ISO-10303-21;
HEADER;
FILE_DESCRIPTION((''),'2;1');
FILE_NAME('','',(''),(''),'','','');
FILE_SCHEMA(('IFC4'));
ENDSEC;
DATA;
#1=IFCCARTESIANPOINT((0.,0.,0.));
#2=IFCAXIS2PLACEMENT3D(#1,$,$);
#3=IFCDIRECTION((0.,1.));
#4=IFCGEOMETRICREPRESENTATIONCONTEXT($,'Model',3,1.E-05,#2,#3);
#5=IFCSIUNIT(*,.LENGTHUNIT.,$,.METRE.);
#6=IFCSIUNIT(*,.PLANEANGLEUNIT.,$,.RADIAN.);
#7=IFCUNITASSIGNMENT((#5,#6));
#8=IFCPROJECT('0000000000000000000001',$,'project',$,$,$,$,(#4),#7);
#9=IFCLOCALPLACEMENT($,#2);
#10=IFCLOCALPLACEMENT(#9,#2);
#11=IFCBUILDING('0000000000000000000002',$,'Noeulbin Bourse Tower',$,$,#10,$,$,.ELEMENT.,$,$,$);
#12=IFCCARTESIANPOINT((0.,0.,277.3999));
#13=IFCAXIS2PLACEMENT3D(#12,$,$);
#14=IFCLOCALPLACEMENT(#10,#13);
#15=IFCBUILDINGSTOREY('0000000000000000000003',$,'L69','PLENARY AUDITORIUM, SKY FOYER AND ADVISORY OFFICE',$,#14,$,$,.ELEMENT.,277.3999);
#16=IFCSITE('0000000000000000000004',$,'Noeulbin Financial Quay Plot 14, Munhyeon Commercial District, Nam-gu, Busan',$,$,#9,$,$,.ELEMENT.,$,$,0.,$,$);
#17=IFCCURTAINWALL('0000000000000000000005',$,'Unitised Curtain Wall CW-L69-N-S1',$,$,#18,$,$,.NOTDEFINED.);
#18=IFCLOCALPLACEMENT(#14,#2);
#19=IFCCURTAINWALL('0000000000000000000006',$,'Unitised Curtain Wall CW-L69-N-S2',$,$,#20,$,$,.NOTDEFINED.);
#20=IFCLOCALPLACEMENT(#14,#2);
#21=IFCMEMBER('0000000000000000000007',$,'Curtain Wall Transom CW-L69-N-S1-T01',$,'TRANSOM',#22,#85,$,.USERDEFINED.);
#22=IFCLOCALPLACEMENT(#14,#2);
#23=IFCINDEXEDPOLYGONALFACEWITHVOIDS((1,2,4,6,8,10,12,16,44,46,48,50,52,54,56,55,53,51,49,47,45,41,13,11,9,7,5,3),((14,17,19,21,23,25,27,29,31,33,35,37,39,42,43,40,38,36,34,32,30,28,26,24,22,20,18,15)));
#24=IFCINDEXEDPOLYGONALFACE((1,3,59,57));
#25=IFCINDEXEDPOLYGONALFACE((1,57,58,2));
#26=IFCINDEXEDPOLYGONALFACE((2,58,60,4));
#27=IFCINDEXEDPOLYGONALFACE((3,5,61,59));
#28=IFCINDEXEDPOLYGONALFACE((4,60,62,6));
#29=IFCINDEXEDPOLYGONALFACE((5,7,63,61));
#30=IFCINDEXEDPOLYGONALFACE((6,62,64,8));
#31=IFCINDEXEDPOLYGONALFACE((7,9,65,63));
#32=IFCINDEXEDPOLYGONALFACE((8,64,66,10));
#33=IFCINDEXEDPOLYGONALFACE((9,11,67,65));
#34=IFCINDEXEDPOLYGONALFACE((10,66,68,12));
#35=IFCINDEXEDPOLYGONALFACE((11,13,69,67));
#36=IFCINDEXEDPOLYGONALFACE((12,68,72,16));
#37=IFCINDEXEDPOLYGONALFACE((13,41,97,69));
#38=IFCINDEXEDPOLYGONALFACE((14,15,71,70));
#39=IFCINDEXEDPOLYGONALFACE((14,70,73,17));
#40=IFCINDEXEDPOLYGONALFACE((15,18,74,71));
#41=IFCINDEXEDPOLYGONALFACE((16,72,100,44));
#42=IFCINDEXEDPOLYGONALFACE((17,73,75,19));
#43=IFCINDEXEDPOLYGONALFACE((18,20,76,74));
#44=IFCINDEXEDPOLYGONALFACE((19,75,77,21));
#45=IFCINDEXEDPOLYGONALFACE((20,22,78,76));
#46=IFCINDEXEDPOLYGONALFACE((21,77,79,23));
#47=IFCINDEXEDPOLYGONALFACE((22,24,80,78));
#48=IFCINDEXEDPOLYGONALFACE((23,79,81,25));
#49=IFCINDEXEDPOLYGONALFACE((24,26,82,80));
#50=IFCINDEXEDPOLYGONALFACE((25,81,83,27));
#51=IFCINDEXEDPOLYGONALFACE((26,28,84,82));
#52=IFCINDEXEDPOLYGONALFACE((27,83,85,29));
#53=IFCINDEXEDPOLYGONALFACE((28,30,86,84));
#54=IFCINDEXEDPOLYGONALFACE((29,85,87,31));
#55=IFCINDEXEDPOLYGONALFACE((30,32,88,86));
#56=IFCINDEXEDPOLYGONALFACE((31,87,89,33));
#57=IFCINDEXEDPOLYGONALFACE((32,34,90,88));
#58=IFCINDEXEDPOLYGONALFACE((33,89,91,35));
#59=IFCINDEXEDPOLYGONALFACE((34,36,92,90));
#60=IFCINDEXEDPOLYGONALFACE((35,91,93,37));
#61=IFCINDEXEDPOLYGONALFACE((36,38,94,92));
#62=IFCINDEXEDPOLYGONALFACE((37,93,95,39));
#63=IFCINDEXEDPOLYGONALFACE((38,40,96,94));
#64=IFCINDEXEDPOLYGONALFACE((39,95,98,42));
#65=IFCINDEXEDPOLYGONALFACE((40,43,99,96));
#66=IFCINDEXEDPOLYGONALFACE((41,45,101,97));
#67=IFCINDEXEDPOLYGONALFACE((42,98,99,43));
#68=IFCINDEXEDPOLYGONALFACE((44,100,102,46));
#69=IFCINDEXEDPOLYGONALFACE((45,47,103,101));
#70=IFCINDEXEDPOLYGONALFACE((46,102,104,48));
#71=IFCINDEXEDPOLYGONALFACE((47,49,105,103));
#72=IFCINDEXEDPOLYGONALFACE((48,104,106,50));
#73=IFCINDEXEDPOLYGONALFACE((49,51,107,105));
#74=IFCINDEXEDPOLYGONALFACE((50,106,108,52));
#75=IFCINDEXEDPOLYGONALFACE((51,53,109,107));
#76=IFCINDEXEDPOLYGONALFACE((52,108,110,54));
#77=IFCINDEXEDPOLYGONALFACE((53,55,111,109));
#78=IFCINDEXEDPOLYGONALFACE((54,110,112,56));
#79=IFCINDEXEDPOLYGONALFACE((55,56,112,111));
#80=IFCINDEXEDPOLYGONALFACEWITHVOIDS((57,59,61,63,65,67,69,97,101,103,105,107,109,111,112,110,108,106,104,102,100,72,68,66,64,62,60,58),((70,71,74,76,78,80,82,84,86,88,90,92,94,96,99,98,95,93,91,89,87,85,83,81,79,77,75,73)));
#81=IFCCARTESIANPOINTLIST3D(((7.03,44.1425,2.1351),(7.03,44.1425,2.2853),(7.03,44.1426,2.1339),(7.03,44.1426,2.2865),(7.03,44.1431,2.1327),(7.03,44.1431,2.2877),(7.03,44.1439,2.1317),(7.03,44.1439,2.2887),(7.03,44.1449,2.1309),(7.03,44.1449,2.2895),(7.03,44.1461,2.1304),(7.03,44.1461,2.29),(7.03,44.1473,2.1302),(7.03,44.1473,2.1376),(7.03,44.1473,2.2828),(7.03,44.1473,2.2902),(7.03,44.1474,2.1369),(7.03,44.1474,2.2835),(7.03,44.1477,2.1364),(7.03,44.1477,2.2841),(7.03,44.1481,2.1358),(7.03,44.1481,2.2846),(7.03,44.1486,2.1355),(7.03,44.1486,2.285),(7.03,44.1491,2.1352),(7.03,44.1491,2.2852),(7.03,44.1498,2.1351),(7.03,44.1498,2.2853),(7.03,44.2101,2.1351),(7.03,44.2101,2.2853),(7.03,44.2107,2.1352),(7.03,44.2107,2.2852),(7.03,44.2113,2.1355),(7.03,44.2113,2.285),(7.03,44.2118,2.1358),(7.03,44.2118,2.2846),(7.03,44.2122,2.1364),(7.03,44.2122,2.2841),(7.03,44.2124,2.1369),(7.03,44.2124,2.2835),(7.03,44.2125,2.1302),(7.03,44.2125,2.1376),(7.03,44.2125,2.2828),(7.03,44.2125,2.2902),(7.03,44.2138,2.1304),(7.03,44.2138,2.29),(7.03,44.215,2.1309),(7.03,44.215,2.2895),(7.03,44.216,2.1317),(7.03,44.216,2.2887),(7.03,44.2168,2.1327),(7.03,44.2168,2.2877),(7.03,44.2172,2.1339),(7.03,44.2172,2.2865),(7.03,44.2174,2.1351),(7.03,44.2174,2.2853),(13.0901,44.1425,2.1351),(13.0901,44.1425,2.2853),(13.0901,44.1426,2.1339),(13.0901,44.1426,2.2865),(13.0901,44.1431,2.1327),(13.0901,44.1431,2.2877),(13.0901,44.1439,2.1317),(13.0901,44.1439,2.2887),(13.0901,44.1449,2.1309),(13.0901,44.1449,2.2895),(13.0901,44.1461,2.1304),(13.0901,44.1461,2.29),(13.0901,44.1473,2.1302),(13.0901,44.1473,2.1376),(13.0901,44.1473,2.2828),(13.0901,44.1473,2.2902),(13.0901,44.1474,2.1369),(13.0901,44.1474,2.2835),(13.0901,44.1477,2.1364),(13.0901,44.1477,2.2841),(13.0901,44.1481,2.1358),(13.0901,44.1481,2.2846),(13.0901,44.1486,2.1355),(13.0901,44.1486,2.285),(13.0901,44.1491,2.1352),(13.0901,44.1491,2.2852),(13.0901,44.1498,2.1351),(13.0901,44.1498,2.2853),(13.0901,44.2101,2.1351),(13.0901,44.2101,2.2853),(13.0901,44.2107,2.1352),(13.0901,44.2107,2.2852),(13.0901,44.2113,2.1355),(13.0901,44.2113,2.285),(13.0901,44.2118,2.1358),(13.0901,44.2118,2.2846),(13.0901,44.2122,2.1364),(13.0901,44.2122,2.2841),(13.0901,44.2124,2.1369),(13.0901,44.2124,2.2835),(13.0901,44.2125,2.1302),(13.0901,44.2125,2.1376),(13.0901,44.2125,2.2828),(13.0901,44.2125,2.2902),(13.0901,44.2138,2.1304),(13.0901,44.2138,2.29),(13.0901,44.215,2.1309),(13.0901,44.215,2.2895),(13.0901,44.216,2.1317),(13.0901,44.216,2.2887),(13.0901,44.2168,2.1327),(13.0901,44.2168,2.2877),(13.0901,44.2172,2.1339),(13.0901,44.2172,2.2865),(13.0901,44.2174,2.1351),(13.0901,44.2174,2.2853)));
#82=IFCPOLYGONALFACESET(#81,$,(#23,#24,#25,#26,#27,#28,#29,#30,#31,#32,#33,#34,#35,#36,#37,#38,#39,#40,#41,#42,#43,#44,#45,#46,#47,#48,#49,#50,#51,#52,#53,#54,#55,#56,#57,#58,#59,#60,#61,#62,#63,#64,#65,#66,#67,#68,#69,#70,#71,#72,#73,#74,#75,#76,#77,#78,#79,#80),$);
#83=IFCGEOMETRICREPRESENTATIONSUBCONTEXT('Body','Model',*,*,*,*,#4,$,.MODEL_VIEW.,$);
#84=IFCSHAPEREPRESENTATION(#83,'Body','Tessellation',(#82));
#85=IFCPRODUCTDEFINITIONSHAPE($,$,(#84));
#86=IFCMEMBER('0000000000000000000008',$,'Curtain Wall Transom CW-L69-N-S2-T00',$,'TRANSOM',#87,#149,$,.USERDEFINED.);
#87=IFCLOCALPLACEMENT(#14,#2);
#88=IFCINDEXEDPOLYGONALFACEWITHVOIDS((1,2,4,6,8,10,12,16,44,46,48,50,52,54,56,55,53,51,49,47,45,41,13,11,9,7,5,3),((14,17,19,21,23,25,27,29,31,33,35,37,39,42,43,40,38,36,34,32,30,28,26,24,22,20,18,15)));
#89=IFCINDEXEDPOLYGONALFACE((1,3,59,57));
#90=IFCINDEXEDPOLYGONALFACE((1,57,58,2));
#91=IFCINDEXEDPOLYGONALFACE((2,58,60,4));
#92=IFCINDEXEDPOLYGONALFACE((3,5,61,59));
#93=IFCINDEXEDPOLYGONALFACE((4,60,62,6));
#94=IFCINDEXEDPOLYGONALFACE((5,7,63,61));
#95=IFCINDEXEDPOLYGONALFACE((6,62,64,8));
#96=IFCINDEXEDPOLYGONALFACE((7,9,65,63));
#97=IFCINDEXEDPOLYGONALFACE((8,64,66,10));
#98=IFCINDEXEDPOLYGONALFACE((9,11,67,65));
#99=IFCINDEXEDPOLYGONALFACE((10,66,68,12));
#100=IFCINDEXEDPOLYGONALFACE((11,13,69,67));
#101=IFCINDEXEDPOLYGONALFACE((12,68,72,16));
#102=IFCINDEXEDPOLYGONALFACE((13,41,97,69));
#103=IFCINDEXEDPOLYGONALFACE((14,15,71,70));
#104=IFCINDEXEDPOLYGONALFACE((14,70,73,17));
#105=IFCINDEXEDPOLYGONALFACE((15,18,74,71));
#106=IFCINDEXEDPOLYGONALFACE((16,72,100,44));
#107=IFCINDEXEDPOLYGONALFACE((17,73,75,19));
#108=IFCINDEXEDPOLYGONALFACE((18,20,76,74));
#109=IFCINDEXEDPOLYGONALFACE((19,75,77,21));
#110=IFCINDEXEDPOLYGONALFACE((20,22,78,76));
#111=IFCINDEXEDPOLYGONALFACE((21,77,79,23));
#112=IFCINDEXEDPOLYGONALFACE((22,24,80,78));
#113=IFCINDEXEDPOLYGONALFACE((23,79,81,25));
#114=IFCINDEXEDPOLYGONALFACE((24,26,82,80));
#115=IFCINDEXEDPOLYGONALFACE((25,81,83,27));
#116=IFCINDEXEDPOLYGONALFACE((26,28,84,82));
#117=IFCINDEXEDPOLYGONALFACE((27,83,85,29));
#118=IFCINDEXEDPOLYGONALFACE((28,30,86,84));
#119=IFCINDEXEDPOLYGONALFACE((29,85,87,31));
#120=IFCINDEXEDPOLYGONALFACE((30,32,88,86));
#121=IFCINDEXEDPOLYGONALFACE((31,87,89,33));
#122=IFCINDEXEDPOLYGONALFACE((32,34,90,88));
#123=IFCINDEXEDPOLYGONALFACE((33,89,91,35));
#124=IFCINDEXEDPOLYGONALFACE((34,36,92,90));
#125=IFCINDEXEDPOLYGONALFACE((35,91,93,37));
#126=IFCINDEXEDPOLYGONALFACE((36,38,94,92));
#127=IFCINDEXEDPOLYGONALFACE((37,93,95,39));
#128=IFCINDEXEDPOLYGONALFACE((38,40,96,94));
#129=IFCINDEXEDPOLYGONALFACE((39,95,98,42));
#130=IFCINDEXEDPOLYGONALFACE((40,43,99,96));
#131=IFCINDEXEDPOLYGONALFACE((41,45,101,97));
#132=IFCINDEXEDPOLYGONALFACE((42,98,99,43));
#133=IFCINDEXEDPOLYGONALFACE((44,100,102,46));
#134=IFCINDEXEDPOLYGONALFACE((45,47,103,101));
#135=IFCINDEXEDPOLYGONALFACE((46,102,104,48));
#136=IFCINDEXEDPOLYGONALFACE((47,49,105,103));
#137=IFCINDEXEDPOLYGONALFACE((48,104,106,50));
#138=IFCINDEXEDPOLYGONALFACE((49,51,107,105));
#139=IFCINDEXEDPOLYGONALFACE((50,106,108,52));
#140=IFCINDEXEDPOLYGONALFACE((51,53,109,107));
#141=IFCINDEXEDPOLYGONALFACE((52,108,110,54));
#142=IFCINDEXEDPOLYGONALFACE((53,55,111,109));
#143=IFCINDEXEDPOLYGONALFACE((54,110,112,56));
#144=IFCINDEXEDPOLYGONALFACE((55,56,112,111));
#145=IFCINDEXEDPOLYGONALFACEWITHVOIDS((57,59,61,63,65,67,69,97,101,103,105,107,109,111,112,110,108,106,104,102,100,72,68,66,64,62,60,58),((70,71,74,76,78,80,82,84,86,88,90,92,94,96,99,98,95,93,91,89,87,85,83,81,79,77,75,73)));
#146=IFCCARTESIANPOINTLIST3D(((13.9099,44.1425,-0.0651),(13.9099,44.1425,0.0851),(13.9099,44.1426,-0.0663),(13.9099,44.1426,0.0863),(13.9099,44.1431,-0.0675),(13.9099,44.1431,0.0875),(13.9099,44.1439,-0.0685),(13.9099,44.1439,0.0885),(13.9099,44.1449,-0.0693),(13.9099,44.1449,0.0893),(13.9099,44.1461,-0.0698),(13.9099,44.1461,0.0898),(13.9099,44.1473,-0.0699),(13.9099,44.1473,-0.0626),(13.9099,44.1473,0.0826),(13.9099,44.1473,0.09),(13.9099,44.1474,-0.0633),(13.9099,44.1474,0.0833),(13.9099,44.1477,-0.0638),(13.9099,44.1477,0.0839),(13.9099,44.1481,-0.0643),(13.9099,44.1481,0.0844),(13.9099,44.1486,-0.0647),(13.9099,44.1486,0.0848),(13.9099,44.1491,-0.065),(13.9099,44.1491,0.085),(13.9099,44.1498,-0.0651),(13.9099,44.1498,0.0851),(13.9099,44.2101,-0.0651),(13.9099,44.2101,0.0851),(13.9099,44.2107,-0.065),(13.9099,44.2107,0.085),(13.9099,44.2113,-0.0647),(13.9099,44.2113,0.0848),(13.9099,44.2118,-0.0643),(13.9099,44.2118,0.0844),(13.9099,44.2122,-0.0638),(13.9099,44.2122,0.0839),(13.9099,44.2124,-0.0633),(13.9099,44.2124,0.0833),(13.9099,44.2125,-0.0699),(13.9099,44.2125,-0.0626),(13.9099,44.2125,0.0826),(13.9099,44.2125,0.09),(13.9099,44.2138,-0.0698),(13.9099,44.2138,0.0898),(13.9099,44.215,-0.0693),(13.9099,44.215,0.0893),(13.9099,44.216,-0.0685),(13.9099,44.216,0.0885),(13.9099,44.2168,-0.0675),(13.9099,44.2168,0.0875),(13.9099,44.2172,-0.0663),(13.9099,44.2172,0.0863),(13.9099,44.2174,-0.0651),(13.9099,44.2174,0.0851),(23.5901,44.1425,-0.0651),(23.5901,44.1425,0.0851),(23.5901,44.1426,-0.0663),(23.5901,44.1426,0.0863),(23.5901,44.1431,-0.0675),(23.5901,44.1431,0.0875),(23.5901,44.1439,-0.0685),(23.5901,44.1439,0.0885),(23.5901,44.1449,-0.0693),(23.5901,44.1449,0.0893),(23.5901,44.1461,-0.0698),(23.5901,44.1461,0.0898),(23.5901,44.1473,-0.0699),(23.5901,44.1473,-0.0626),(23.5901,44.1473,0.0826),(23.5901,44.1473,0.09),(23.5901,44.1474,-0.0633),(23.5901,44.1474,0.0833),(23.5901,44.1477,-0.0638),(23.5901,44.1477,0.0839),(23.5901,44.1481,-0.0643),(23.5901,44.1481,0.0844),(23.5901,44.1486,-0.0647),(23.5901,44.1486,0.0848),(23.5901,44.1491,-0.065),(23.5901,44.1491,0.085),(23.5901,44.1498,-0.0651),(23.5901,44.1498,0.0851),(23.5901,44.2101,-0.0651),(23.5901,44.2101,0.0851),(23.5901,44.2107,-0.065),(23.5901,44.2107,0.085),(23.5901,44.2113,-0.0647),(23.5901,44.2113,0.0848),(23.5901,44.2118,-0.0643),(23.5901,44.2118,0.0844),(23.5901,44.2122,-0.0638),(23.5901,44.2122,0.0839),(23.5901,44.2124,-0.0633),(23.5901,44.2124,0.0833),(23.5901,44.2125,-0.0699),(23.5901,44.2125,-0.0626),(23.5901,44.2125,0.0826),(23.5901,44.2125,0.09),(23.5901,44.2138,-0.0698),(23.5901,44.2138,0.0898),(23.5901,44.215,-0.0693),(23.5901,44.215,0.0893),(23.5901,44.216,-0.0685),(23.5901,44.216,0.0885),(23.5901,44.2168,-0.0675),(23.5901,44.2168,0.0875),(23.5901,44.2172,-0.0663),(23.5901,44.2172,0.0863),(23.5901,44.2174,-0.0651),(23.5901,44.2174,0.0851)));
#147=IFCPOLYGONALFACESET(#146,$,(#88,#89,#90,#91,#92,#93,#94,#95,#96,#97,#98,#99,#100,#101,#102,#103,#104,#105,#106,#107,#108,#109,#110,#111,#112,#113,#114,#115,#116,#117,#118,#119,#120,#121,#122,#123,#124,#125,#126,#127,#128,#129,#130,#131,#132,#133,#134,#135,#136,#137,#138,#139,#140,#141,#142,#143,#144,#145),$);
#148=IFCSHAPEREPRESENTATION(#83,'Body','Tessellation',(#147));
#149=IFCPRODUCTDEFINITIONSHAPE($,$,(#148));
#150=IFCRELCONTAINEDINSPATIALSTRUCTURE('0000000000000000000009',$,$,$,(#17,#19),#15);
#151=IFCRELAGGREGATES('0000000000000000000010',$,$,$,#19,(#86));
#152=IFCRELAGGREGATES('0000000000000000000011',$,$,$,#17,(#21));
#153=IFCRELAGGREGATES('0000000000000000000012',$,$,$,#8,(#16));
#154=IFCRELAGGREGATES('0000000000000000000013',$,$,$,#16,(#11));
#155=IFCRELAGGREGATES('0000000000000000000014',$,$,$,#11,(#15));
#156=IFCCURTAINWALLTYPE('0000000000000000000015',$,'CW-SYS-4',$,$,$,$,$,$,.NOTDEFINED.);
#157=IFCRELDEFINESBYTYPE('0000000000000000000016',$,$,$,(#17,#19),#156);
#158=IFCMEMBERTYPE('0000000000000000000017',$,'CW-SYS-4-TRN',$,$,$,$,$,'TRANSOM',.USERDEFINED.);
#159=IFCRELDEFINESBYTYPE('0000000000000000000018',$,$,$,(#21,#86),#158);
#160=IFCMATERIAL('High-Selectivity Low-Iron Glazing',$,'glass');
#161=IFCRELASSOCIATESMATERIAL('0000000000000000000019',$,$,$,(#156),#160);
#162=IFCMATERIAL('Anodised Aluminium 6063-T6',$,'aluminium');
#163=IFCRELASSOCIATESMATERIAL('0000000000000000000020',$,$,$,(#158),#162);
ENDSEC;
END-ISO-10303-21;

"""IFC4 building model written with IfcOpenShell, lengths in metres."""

from ifc_helpers import new_model, si_unit, direction, frame, origin, origin_2d, place, context, subcontext, project, spatial, hollow_rectangle, extrude, material, material_profile, profile_set, type_object, element, aggregate, save


model = new_model("IFC4")

# Units and contexts
model_context = context("Model", 3, precision=1e-05, world=origin(), true_north=direction((0.0, 1.0)))
body_context = subcontext(model_context, "Body", "Model", "MODEL_VIEW")
ifc_project = project(units=[si_unit("LENGTHUNIT", "METRE"), si_unit("PLANEANGLEUNIT", "RADIAN")], contexts=[model_context])

# Site, building, storey
site_placement = place(None, origin())
site = spatial("IfcSite", under=ifc_project, at=site_placement, Name="Noeulbin Financial Quay Plot 14, Munhyeon Commercial District, Nam-gu, Busan", CompositionType="ELEMENT", RefElevation=0.0)
building_placement = place(site_placement, origin())
building = spatial("IfcBuilding", under=site, at=building_placement, Name="Noeulbin Bourse Tower", CompositionType="ELEMENT")
storey_placement = place(building_placement, frame((0.0, 0.0, 277.3999)))
storey = spatial("IfcBuildingStorey", under=building, at=storey_placement, Name="L69", Description="PLENARY AUDITORIUM, SKY FOYER AND ADVISORY OFFICE", CompositionType="ELEMENT", Elevation=277.3999)

# Curtain wall
ifc_material_1 = material(Name="High-Selectivity Low-Iron Glazing", Category="glass")
curtain_wall_type = type_object("IfcCurtainWallType", Name="CW-SYS-4", PredefinedType="NOTDEFINED", material=ifc_material_1)
curtain_wall_1_placement = place(storey_placement, origin())
curtain_wall_1 = element("IfcCurtainWall", 1, at=curtain_wall_1_placement, inside=storey, type_object=curtain_wall_type, Name="Unitised Curtain Wall CW-L69-N-S1", PredefinedType="NOTDEFINED")
ifc_material_2 = material(Name="Anodised Aluminium 6063-T6", Category="aluminium")

# Curtain wall
curtain_wall_2_placement = place(storey_placement, origin())
curtain_wall_2 = element("IfcCurtainWall", 2, at=curtain_wall_2_placement, inside=storey, type_object=curtain_wall_type, Name="Unitised Curtain Wall CW-L69-N-S2", PredefinedType="NOTDEFINED")

# Members
ifc_material_profile_1 = material_profile(ifc_material_2, hollow_rectangle(XDim=0.075, YDim=0.1599, WallThickness=0.0049, InnerFilletRadius=0.0024, OuterFilletRadius=0.0049, at=origin_2d()), Name="ALU-TRAN-75x160x5", Category="LoadBearing")
ifc_profile_set_1 = profile_set([ifc_material_profile_1], Name="Anodised Aluminium 6063-T6")
member_type_1 = type_object("IfcMemberType", Name="CW-SYS-4-TRN", ElementType="TRANSOM", PredefinedType="USERDEFINED", material=ifc_profile_set_1)
member_1_placement = place(storey_placement, frame((7.03, 44.1799, 2.2102), z_axis=(1.0, 0.0, 0.0), x_axis=(0.0, 1.0, 0.0)))
member_1 = element("IfcMember", 3, at=member_1_placement, type_object=member_type_1, Name="Curtain Wall Transom CW-L69-N-S1-T01", ObjectType="TRANSOM", PredefinedType="USERDEFINED", context=body_context, shape_type="SweptSolid", body=[
    extrude(hollow_rectangle(XDim=0.075, YDim=0.1599, WallThickness=0.0049, InnerFilletRadius=0.0024, OuterFilletRadius=0.0049, at=origin_2d()), origin(), (0.0, 0.0, 1.0), 6.0601),
])
member_2_placement = place(storey_placement, frame((13.9099, 44.1799, 0.01), z_axis=(1.0, 0.0, 0.0), x_axis=(0.0, 1.0, 0.0)))
member_2 = element("IfcMember", 4, at=member_2_placement, type_object=member_type_1, Name="Curtain Wall Transom CW-L69-N-S2-T00", ObjectType="TRANSOM", PredefinedType="USERDEFINED", context=body_context, shape_type="SweptSolid", body=[
    extrude(hollow_rectangle(XDim=0.075, YDim=0.1599, WallThickness=0.0049, InnerFilletRadius=0.0024, OuterFilletRadius=0.0049, at=origin_2d()), origin(), (0.0, 0.0, 1.0), 9.6802),
])
aggregate(curtain_wall_2, [member_2])

aggregate(curtain_wall_1, [member_1])

save(model, "model.ifc")
